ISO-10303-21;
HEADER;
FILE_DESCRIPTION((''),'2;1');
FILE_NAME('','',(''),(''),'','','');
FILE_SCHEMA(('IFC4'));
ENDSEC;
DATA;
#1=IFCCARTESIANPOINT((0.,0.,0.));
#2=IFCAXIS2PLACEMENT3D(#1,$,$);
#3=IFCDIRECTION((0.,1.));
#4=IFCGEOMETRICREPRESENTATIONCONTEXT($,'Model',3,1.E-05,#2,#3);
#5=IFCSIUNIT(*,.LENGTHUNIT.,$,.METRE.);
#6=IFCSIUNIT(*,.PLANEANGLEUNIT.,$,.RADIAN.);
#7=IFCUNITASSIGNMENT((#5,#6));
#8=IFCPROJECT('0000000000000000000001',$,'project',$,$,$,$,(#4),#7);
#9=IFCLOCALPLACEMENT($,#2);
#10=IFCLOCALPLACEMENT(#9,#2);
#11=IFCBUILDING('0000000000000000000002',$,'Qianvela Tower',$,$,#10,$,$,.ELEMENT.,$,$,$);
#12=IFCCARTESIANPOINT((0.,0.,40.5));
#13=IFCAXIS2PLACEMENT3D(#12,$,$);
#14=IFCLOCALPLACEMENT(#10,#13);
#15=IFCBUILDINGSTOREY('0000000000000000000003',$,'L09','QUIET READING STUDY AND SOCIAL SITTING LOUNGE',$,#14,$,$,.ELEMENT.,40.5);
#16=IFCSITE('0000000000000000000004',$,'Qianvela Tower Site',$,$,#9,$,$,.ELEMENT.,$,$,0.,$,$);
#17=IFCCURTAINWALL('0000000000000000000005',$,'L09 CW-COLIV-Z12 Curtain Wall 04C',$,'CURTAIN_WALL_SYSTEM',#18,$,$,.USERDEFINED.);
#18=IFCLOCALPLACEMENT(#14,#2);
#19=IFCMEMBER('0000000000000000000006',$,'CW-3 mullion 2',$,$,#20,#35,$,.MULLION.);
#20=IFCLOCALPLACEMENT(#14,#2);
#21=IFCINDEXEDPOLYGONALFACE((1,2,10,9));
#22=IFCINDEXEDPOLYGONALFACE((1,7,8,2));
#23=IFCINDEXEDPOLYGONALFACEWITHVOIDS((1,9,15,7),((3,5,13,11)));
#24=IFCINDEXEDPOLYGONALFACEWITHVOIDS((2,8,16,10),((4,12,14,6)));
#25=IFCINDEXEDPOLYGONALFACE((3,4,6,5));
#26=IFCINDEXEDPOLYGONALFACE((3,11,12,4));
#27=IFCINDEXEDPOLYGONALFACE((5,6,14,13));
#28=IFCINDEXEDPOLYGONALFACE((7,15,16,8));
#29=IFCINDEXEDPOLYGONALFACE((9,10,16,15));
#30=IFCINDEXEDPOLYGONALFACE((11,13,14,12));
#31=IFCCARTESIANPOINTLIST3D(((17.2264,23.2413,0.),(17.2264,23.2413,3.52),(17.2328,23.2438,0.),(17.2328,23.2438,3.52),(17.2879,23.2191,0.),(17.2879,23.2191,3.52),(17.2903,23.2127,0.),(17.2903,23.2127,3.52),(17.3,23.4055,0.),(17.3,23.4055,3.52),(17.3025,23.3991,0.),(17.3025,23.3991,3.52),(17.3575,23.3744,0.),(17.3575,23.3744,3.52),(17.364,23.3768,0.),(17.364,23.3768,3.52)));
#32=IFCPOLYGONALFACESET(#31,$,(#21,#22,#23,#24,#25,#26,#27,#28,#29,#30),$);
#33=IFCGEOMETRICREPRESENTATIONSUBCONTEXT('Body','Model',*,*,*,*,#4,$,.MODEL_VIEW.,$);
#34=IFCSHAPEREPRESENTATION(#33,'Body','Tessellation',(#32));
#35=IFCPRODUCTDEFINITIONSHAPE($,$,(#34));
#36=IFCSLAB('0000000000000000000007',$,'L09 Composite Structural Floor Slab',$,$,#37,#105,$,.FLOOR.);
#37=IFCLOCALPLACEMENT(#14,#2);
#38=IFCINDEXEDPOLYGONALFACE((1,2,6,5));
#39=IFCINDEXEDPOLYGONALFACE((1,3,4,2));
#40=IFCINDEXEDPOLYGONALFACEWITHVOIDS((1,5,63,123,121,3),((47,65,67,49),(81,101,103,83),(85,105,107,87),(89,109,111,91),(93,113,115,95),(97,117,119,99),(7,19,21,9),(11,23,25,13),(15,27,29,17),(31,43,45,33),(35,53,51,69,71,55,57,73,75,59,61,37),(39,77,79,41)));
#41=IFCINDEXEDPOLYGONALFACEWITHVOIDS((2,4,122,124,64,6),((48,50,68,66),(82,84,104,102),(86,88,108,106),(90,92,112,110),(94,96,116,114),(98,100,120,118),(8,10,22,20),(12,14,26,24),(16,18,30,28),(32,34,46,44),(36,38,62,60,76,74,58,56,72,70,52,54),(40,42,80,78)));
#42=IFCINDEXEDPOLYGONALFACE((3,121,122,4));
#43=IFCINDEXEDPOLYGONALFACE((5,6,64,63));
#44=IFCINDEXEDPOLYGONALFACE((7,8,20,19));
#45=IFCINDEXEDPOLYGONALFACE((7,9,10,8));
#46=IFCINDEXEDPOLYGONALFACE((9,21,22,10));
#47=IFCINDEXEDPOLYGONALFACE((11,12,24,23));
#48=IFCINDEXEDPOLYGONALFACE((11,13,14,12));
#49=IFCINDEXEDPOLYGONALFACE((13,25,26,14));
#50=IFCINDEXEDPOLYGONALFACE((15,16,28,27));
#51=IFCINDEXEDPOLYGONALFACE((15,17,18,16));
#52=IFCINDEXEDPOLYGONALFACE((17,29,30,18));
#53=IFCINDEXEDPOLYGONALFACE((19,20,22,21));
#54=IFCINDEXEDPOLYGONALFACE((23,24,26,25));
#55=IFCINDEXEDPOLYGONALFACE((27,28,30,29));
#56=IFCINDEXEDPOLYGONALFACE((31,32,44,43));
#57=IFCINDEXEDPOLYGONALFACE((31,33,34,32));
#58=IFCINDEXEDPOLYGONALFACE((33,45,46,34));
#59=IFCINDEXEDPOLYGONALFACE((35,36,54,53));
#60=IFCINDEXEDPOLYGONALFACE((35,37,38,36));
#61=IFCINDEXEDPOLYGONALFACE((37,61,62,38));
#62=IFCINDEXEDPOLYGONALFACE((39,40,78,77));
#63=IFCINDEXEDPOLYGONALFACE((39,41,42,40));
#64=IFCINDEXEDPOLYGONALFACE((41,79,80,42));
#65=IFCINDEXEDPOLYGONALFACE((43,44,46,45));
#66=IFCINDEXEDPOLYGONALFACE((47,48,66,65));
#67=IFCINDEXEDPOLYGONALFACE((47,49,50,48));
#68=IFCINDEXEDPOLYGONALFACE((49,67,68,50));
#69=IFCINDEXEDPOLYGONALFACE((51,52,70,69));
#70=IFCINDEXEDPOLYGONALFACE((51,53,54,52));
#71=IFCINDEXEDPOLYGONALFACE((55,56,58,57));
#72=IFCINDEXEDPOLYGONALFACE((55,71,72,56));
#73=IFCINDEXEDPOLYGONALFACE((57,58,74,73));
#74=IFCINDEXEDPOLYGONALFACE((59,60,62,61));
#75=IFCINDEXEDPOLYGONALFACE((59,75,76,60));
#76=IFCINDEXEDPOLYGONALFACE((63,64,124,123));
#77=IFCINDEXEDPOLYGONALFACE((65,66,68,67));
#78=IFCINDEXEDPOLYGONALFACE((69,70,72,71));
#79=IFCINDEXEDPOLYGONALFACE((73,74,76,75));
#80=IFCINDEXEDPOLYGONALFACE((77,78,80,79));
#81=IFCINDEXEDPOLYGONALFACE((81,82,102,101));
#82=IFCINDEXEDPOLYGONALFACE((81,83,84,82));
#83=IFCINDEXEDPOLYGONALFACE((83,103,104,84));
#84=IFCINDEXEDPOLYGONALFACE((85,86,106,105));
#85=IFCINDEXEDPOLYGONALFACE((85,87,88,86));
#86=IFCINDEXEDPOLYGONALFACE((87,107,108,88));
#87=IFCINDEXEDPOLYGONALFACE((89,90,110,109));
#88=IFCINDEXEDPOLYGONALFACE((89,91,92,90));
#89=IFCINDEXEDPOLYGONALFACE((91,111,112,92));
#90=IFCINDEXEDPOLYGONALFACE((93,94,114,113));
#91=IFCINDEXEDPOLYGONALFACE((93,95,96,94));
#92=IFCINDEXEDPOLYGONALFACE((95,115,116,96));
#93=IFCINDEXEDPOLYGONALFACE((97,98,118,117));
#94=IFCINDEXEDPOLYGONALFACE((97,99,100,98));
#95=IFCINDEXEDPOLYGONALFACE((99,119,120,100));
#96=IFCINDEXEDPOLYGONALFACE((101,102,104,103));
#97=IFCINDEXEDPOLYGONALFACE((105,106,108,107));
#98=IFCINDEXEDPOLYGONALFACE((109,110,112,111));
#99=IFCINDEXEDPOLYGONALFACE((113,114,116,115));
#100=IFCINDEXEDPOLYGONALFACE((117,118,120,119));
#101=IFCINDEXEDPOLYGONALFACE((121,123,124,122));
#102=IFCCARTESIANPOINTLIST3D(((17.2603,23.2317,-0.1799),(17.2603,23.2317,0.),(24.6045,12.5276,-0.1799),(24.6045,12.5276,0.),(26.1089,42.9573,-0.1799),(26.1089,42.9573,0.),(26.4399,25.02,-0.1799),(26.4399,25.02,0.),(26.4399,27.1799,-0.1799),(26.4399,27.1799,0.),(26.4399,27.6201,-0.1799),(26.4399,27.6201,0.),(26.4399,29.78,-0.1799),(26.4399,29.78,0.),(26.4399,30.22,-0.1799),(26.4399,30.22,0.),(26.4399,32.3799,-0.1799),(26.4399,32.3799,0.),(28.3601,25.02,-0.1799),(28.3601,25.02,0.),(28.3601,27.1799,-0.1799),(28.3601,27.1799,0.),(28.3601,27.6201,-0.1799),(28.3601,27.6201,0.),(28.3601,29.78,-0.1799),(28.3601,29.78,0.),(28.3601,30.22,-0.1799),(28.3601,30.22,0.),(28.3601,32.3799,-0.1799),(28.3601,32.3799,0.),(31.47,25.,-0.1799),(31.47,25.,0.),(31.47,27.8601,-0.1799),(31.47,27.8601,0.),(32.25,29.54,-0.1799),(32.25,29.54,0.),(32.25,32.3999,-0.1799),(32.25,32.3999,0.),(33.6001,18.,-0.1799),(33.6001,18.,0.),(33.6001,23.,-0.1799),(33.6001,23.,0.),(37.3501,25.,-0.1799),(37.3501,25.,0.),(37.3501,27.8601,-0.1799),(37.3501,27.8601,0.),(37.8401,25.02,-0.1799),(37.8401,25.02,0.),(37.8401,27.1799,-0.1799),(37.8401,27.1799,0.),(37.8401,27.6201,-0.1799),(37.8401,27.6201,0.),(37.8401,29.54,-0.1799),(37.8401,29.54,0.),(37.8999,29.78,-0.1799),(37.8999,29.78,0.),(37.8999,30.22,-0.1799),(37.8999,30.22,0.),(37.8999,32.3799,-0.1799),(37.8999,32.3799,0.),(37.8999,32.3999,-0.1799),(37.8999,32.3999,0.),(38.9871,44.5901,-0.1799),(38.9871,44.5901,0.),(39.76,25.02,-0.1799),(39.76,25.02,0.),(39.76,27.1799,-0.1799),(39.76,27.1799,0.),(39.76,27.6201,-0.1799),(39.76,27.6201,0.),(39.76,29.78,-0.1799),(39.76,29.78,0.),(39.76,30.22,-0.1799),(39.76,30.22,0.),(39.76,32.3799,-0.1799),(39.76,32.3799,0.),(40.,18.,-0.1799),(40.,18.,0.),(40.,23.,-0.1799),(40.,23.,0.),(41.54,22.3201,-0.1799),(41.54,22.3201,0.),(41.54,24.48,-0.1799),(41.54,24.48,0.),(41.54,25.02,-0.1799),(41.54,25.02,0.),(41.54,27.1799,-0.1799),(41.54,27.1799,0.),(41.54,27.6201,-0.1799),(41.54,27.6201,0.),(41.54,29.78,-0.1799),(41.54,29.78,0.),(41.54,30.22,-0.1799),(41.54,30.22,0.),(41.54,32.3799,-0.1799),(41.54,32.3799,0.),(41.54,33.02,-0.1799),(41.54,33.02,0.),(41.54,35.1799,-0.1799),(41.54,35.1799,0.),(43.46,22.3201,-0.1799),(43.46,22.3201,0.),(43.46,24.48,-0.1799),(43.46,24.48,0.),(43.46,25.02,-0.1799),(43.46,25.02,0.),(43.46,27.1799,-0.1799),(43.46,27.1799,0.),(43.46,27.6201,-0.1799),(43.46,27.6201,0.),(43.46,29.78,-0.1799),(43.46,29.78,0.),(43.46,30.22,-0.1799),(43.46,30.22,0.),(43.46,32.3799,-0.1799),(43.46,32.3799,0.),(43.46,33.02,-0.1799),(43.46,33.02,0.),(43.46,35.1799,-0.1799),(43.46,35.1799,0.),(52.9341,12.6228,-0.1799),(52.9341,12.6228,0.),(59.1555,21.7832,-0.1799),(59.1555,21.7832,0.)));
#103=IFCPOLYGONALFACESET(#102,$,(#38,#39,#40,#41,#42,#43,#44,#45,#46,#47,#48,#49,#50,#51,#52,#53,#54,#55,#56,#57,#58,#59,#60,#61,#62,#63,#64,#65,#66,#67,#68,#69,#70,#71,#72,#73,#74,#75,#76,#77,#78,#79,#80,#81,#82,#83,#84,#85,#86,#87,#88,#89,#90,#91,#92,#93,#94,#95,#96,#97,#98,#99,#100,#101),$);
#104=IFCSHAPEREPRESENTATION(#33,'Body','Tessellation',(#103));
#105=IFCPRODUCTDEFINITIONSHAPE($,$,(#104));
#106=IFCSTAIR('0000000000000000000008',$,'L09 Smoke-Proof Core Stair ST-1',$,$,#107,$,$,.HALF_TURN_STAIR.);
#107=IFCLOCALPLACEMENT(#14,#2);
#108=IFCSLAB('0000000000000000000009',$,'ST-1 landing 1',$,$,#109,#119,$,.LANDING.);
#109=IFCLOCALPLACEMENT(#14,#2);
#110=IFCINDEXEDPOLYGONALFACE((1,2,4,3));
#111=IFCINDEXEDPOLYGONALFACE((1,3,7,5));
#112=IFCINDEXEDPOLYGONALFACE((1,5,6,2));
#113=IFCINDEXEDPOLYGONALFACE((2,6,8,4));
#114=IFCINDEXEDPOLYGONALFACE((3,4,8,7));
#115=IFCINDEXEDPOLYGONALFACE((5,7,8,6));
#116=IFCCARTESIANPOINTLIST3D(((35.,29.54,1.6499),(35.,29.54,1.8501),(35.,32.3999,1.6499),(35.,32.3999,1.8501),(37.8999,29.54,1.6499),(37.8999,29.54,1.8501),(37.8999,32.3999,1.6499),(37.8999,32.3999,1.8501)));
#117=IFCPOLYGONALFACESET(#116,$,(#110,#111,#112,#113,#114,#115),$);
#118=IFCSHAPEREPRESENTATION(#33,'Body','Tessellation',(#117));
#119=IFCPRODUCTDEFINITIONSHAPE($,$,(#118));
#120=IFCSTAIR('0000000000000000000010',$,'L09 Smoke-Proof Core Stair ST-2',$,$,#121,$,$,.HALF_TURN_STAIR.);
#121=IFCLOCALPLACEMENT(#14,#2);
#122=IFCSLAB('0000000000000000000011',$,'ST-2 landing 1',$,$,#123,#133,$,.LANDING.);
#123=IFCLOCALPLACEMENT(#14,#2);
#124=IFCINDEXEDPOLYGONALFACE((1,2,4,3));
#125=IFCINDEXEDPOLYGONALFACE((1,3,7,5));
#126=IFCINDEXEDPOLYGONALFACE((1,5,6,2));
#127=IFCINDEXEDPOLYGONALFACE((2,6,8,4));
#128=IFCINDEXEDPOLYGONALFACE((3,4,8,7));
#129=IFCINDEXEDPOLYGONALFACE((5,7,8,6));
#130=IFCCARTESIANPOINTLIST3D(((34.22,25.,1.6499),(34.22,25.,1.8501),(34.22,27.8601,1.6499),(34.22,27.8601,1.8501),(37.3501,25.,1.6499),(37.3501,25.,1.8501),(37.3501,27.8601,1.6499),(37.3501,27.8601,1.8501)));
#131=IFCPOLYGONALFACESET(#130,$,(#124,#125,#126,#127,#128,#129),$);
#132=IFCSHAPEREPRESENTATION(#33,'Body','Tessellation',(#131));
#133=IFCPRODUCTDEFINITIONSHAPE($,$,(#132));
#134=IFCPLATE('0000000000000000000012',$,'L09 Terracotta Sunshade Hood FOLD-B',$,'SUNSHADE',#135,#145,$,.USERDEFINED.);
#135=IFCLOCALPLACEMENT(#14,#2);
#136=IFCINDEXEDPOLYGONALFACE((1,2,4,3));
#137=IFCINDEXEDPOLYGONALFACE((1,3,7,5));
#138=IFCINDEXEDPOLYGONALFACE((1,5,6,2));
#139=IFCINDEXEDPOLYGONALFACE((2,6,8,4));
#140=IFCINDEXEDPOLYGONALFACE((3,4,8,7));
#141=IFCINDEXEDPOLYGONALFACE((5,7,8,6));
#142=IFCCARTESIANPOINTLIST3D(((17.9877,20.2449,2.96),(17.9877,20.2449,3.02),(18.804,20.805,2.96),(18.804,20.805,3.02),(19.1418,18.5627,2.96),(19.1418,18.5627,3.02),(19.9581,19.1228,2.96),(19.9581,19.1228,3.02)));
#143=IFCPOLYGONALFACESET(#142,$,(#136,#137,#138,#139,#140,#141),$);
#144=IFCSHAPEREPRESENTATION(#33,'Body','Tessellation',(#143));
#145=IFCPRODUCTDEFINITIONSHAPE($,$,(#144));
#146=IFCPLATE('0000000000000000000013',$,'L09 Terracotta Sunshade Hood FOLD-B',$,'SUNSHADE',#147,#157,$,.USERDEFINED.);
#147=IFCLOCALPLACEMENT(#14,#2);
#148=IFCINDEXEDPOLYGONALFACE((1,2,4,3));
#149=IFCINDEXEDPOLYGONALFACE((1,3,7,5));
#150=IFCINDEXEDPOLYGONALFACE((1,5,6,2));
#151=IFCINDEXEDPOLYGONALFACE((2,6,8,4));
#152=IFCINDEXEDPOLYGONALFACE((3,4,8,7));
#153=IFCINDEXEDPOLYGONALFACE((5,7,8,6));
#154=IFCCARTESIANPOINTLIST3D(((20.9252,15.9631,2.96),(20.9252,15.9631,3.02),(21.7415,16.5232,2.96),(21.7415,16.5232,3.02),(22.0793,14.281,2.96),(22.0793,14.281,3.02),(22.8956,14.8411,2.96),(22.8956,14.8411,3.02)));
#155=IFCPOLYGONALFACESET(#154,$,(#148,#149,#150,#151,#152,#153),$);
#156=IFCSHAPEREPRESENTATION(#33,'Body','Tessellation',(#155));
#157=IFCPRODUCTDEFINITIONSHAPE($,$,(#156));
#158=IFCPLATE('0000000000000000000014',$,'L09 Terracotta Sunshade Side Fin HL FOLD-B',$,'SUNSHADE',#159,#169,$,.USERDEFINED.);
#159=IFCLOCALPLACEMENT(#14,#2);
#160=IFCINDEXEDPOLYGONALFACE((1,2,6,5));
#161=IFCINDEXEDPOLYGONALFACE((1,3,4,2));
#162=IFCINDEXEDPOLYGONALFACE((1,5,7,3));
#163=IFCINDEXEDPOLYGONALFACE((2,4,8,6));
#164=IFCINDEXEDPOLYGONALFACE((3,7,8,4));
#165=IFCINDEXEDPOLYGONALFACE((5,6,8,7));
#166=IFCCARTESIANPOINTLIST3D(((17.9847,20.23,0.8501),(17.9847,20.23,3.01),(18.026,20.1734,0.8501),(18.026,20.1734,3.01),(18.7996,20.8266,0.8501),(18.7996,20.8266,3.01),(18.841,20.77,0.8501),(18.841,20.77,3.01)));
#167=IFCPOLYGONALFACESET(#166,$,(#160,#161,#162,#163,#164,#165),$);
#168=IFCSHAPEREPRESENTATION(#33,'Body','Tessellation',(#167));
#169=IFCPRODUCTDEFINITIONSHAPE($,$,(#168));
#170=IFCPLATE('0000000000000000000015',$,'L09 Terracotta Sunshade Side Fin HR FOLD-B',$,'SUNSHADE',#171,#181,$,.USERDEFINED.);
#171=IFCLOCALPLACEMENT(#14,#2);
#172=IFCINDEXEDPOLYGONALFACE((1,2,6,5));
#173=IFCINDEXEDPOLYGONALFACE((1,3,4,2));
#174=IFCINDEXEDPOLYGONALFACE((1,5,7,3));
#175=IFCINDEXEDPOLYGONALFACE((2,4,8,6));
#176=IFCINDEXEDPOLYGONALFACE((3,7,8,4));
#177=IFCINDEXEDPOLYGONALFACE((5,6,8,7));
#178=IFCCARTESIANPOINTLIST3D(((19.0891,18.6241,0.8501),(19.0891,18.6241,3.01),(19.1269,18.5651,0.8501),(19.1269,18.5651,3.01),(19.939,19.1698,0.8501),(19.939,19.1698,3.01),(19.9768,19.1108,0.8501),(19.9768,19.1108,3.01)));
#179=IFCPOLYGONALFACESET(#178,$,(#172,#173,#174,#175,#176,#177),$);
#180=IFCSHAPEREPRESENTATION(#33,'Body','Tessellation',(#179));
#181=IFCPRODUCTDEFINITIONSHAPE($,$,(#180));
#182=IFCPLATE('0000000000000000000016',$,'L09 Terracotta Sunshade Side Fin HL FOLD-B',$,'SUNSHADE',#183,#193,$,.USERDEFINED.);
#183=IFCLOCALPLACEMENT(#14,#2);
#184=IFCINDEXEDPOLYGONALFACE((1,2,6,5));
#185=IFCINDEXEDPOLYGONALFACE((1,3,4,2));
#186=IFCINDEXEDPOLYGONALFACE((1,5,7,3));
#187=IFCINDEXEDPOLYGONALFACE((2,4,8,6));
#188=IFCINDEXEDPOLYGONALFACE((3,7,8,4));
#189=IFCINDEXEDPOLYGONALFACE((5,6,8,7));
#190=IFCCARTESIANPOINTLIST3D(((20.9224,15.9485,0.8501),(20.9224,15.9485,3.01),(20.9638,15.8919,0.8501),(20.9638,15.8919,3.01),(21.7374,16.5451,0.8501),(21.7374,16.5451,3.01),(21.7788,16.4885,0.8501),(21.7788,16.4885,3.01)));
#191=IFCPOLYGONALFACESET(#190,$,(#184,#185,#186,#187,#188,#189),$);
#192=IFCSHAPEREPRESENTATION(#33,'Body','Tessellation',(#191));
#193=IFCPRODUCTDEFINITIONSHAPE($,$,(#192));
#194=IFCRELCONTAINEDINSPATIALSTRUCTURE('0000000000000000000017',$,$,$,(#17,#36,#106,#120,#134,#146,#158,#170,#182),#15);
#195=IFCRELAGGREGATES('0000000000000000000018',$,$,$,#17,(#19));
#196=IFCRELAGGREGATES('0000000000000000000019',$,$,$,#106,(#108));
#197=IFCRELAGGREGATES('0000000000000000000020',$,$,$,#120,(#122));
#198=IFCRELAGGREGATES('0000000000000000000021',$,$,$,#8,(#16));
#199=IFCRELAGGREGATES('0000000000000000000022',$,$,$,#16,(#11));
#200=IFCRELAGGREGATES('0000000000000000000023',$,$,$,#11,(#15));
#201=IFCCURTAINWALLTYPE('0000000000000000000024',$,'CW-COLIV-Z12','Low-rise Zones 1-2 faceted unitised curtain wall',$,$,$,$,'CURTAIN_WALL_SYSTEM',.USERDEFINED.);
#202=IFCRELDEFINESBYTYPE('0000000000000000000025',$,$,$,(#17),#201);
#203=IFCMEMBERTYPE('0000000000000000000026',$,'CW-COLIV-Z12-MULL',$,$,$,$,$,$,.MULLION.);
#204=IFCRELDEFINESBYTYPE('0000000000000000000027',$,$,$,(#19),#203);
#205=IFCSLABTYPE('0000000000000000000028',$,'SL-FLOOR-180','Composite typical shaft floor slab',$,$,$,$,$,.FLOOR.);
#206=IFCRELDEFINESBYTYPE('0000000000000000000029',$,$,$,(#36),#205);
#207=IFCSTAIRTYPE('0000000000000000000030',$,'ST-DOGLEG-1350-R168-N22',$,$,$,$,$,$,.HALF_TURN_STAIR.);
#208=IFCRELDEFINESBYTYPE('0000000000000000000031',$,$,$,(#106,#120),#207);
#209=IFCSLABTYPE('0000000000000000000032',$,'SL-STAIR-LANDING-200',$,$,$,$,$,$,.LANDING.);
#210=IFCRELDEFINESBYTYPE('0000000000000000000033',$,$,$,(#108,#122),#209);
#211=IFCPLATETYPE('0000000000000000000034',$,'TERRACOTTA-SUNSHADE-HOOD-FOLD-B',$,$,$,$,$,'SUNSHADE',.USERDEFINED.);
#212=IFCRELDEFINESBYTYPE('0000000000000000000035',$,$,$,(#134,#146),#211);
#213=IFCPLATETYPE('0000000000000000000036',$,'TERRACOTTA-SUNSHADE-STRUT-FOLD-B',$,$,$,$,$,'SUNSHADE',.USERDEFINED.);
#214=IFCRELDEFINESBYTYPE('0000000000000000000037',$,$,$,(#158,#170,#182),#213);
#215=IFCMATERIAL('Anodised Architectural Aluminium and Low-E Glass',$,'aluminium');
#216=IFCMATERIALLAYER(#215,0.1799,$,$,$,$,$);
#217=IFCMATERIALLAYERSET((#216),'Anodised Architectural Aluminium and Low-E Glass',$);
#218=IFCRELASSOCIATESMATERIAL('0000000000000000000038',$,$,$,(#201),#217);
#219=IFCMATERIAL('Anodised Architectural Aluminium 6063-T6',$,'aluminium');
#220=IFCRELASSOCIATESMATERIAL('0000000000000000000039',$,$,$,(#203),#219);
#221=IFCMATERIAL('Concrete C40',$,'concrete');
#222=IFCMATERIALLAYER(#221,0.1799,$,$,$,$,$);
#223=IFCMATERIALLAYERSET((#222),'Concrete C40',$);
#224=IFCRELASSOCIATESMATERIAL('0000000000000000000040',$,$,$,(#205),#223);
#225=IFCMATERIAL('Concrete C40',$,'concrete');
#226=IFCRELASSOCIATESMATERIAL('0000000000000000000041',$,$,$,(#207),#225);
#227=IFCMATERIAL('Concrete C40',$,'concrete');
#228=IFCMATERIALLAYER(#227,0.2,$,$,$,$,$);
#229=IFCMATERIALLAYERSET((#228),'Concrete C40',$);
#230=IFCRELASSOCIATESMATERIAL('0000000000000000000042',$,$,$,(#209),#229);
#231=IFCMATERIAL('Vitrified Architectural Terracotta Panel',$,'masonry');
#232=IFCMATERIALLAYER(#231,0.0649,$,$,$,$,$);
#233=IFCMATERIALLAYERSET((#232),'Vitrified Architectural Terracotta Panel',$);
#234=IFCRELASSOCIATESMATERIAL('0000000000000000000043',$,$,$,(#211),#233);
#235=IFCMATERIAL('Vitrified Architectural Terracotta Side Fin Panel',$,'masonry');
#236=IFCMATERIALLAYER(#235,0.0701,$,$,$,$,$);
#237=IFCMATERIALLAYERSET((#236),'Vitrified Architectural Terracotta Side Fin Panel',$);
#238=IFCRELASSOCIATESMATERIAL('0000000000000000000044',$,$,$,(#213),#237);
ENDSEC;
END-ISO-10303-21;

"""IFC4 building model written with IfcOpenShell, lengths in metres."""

from ifc_helpers import new_model, si_unit, direction, frame, origin, origin_2d, place, context, subcontext, project, spatial, polyline, rectangle, hollow_rectangle, outline, extrude, material, layer, layer_set, material_profile, profile_set, type_object, element, aggregate, save


model = new_model("IFC4")

# Units and contexts
model_context = context("Model", 3, precision=1e-05, world=origin(), true_north=direction((0.0, 1.0)))
body_context = subcontext(model_context, "Body", "Model", "MODEL_VIEW")
ifc_project = project(units=[si_unit("LENGTHUNIT", "METRE"), si_unit("PLANEANGLEUNIT", "RADIAN")], contexts=[model_context])

# Site, building, storey
site_placement = place(None, origin())
site = spatial("IfcSite", under=ifc_project, at=site_placement, Name="Qianvela Tower Site", CompositionType="ELEMENT", RefElevation=0.0)
building_placement = place(site_placement, origin())
building = spatial("IfcBuilding", under=site, at=building_placement, Name="Qianvela Tower", CompositionType="ELEMENT")
storey_placement = place(building_placement, frame((0.0, 0.0, 40.5)))
storey = spatial("IfcBuildingStorey", under=building, at=storey_placement, Name="L09", Description="QUIET READING STUDY AND SOCIAL SITTING LOUNGE", CompositionType="ELEMENT", Elevation=40.5)

# Curtain wall, member
ifc_material_1 = material(Name="Anodised Architectural Aluminium and Low-E Glass", Category="aluminium")
ifc_layer_1 = layer(ifc_material_1, 0.1799)
ifc_layer_set_1 = layer_set([ifc_layer_1], Name="Anodised Architectural Aluminium and Low-E Glass")
curtain_wall_type = type_object("IfcCurtainWallType", Name="CW-COLIV-Z12", Description="Low-rise Zones 1-2 faceted unitised curtain wall", ElementType="CURTAIN_WALL_SYSTEM", PredefinedType="USERDEFINED", material=ifc_layer_set_1)
curtain_wall_placement = place(storey_placement, origin())
curtain_wall = element("IfcCurtainWall", 1, at=curtain_wall_placement, inside=storey, type_object=curtain_wall_type, Name="L09 CW-COLIV-Z12 Curtain Wall 04C", ObjectType="CURTAIN_WALL_SYSTEM", PredefinedType="USERDEFINED")
ifc_material_2 = material(Name="Anodised Architectural Aluminium 6063-T6", Category="aluminium")
ifc_material_profile = material_profile(ifc_material_2, hollow_rectangle(XDim=0.0701, YDim=0.1799, WallThickness=0.0049, at=origin_2d()), Name="ALU-MULL-70x180")
ifc_profile_set = profile_set([ifc_material_profile], Name="Anodised Architectural Aluminium 6063-T6")
member_type = type_object("IfcMemberType", Name="CW-COLIV-Z12-MULL", PredefinedType="MULLION", material=ifc_profile_set)
member_placement = place(storey_placement, frame((17.2952, 23.3091, 0.0), z_axis=(0.0, 0.0, 1.0), x_axis=(0.912408, -0.409281, 0.0)))
member = element("IfcMember", 2, at=member_placement, type_object=member_type, Name="CW-3 mullion 2", PredefinedType="MULLION", context=body_context, shape_type="SweptSolid", body=[
    extrude(hollow_rectangle(XDim=0.0701, YDim=0.1799, WallThickness=0.0049, at=origin_2d()), origin(), (0.0, 0.0, 1.0), 3.52),
])
aggregate(curtain_wall, [member])

# Slab
ifc_material_3 = material(Name="Concrete C40", Category="concrete")
ifc_layer_2 = layer(ifc_material_3, 0.1799)
ifc_layer_set_2 = layer_set([ifc_layer_2], Name="Concrete C40")
slab_type_1 = type_object("IfcSlabType", Name="SL-FLOOR-180", Description="Composite typical shaft floor slab", PredefinedType="FLOOR", material=ifc_layer_set_2)
slab_1_placement = place(storey_placement, frame((0.0, 0.0, -0.1799)))
element("IfcSlab", 3, at=slab_1_placement, inside=storey, type_object=slab_type_1, Name="L09 Composite Structural Floor Slab", PredefinedType="FLOOR", context=body_context, shape_type="SweptSolid", body=[
    extrude(outline(polyline([(52.9341, 12.6228), (59.1555, 21.7832), (38.9871, 44.5901), (26.1089, 42.9573), (17.2603, 23.2317), (24.6045, 12.5276), (52.9341, 12.6228)]), holes=[polyline([(40.0, 23.0), (33.6001, 23.0), (33.6001, 18.0), (40.0, 18.0), (40.0, 23.0)]), polyline([(28.3601, 25.02), (28.3601, 27.1799), (26.4399, 27.1799), (26.4399, 25.02), (28.3601, 25.02)]), polyline([(37.3501, 25.0), (37.3501, 27.8601), (31.47, 27.8601), (31.47, 25.0), (37.3501, 25.0)]), polyline([(28.3601, 27.6201), (28.3601, 29.78), (26.4399, 29.78), (26.4399, 27.6201), (28.3601, 27.6201)]), polyline([(37.8999, 32.3799), (37.8999, 32.3999), (32.25, 32.3999), (32.25, 29.54), (37.8401, 29.54), (37.8401, 27.6201), (39.76, 27.6201), (39.76, 29.78), (37.8999, 29.78), (37.8999, 30.22), (39.76, 30.22), (39.76, 32.3799), (37.8999, 32.3799)]), polyline([(28.3601, 30.22), (28.3601, 32.3799), (26.4399, 32.3799), (26.4399, 30.22), (28.3601, 30.22)]), polyline([(43.46, 24.48), (41.54, 24.48), (41.54, 22.3201), (43.46, 22.3201), (43.46, 24.48)]), polyline([(39.76, 25.02), (39.76, 27.1799), (37.8401, 27.1799), (37.8401, 25.02), (39.76, 25.02)]), polyline([(43.46, 25.02), (43.46, 27.1799), (41.54, 27.1799), (41.54, 25.02), (43.46, 25.02)]), polyline([(43.46, 27.6201), (43.46, 29.78), (41.54, 29.78), (41.54, 27.6201), (43.46, 27.6201)]), polyline([(43.46, 30.22), (43.46, 32.3799), (41.54, 32.3799), (41.54, 30.22), (43.46, 30.22)]), polyline([(43.46, 33.02), (43.46, 35.1799), (41.54, 35.1799), (41.54, 33.02), (43.46, 33.02)])]), origin(), (0.0, 0.0, 1.0), 0.1799),
])

# Stairs, slabs
ifc_material_4 = material(Name="Concrete C40", Category="concrete")
stair_type = type_object("IfcStairType", Name="ST-DOGLEG-1350-R168-N22", PredefinedType="HALF_TURN_STAIR", material=ifc_material_4)
stair_1_placement = place(storey_placement, origin())
stair_1 = element("IfcStair", 4, at=stair_1_placement, inside=storey, type_object=stair_type, Name="L09 Smoke-Proof Core Stair ST-1", PredefinedType="HALF_TURN_STAIR")
ifc_material_5 = material(Name="Concrete C40", Category="concrete")
ifc_layer_3 = layer(ifc_material_5, 0.2)
ifc_layer_set_3 = layer_set([ifc_layer_3], Name="Concrete C40")
slab_type_2 = type_object("IfcSlabType", Name="SL-STAIR-LANDING-200", PredefinedType="LANDING", material=ifc_layer_set_3)
slab_2_placement = place(storey_placement, frame((0.0, 0.0, 1.6499)))
slab_2 = element("IfcSlab", 5, at=slab_2_placement, type_object=slab_type_2, Name="ST-1 landing 1", PredefinedType="LANDING", context=body_context, shape_type="SweptSolid", body=[
    extrude(outline(polyline([(35.0, 29.54), (37.8999, 29.54), (37.8999, 32.3999), (35.0, 32.3999), (35.0, 29.54)])), origin(), (0.0, 0.0, 1.0), 0.2002),
])
aggregate(stair_1, [slab_2])
stair_2_placement = place(storey_placement, origin())
stair_2 = element("IfcStair", 6, at=stair_2_placement, inside=storey, type_object=stair_type, Name="L09 Smoke-Proof Core Stair ST-2", PredefinedType="HALF_TURN_STAIR")
slab_3_placement = place(storey_placement, frame((0.0, 0.0, 1.6499)))
slab_3 = element("IfcSlab", 7, at=slab_3_placement, type_object=slab_type_2, Name="ST-2 landing 1", PredefinedType="LANDING", context=body_context, shape_type="SweptSolid", body=[
    extrude(outline(polyline([(34.22, 25.0), (37.3501, 25.0), (37.3501, 27.8601), (34.22, 27.8601), (34.22, 25.0)])), origin(), (0.0, 0.0, 1.0), 0.2002),
])
aggregate(stair_2, [slab_3])

# Plates
ifc_material_6 = material(Name="Vitrified Architectural Terracotta Panel", Category="masonry")
ifc_layer_4 = layer(ifc_material_6, 0.0649)
ifc_layer_set_4 = layer_set([ifc_layer_4], Name="Vitrified Architectural Terracotta Panel")
plate_type_1 = type_object("IfcPlateType", Name="TERRACOTTA-SUNSHADE-HOOD-FOLD-B", ElementType="SUNSHADE", PredefinedType="USERDEFINED", material=ifc_layer_set_4)
for number, where, z_axis, x_axis, name in (
    (8, (18.9729, 19.6838, 2.96), (0.0, 0.0, 1.0), (0.565746, -0.82458, 0.0), "L09 Terracotta Sunshade Hood FOLD-B"),
    (9, (21.9104, 15.4021, 2.96), (0.0, 0.0, 1.0), (0.565746, -0.82458, 0.0), "L09 Terracotta Sunshade Hood FOLD-B"),
):
    element("IfcPlate", number, at=place(storey_placement, frame(where, z_axis=z_axis, x_axis=x_axis)), inside=storey, type_object=plate_type_1, Name=name, ObjectType="SUNSHADE", PredefinedType="USERDEFINED", context=body_context, shape_type="SweptSolid", body=[
        extrude(rectangle(XDim=2.04, YDim=0.99, at=origin_2d()), origin(), (0.0, 0.0, 1.0), 0.0601),
    ])
ifc_material_7 = material(Name="Vitrified Architectural Terracotta Side Fin Panel", Category="masonry")
ifc_layer_5 = layer(ifc_material_7, 0.0701)
ifc_layer_set_5 = layer_set([ifc_layer_5], Name="Vitrified Architectural Terracotta Side Fin Panel")
plate_type_2 = type_object("IfcPlateType", Name="TERRACOTTA-SUNSHADE-STRUT-FOLD-B", ElementType="SUNSHADE", PredefinedType="USERDEFINED", material=ifc_layer_set_5)
for number, where, z_axis, x_axis, name in (
    (10, (18.4128, 20.5, 0.8501), (0.0, 0.0, 1.0), (0.590663, -0.806918, 0.0), "L09 Terracotta Sunshade Side Fin HL FOLD-B"),
    (11, (19.533, 18.8674, 0.8501), (0.0, 0.0, 1.0), (0.540301, -0.841472, 0.0), "L09 Terracotta Sunshade Side Fin HR FOLD-B"),
    (12, (21.3506, 16.2185, 0.8501), (0.0, 0.0, 1.0), (0.590663, -0.806918, 0.0), "L09 Terracotta Sunshade Side Fin HL FOLD-B"),
):
    element("IfcPlate", number, at=place(storey_placement, frame(where, z_axis=z_axis, x_axis=x_axis)), inside=storey, type_object=plate_type_2, Name=name, ObjectType="SUNSHADE", PredefinedType="USERDEFINED", context=body_context, shape_type="SweptSolid", body=[
        extrude(rectangle(XDim=0.0701, YDim=1.01, at=origin_2d()), origin(), (0.0, 0.0, 1.0), 2.1599),
    ])

save(model, "model.ifc")
